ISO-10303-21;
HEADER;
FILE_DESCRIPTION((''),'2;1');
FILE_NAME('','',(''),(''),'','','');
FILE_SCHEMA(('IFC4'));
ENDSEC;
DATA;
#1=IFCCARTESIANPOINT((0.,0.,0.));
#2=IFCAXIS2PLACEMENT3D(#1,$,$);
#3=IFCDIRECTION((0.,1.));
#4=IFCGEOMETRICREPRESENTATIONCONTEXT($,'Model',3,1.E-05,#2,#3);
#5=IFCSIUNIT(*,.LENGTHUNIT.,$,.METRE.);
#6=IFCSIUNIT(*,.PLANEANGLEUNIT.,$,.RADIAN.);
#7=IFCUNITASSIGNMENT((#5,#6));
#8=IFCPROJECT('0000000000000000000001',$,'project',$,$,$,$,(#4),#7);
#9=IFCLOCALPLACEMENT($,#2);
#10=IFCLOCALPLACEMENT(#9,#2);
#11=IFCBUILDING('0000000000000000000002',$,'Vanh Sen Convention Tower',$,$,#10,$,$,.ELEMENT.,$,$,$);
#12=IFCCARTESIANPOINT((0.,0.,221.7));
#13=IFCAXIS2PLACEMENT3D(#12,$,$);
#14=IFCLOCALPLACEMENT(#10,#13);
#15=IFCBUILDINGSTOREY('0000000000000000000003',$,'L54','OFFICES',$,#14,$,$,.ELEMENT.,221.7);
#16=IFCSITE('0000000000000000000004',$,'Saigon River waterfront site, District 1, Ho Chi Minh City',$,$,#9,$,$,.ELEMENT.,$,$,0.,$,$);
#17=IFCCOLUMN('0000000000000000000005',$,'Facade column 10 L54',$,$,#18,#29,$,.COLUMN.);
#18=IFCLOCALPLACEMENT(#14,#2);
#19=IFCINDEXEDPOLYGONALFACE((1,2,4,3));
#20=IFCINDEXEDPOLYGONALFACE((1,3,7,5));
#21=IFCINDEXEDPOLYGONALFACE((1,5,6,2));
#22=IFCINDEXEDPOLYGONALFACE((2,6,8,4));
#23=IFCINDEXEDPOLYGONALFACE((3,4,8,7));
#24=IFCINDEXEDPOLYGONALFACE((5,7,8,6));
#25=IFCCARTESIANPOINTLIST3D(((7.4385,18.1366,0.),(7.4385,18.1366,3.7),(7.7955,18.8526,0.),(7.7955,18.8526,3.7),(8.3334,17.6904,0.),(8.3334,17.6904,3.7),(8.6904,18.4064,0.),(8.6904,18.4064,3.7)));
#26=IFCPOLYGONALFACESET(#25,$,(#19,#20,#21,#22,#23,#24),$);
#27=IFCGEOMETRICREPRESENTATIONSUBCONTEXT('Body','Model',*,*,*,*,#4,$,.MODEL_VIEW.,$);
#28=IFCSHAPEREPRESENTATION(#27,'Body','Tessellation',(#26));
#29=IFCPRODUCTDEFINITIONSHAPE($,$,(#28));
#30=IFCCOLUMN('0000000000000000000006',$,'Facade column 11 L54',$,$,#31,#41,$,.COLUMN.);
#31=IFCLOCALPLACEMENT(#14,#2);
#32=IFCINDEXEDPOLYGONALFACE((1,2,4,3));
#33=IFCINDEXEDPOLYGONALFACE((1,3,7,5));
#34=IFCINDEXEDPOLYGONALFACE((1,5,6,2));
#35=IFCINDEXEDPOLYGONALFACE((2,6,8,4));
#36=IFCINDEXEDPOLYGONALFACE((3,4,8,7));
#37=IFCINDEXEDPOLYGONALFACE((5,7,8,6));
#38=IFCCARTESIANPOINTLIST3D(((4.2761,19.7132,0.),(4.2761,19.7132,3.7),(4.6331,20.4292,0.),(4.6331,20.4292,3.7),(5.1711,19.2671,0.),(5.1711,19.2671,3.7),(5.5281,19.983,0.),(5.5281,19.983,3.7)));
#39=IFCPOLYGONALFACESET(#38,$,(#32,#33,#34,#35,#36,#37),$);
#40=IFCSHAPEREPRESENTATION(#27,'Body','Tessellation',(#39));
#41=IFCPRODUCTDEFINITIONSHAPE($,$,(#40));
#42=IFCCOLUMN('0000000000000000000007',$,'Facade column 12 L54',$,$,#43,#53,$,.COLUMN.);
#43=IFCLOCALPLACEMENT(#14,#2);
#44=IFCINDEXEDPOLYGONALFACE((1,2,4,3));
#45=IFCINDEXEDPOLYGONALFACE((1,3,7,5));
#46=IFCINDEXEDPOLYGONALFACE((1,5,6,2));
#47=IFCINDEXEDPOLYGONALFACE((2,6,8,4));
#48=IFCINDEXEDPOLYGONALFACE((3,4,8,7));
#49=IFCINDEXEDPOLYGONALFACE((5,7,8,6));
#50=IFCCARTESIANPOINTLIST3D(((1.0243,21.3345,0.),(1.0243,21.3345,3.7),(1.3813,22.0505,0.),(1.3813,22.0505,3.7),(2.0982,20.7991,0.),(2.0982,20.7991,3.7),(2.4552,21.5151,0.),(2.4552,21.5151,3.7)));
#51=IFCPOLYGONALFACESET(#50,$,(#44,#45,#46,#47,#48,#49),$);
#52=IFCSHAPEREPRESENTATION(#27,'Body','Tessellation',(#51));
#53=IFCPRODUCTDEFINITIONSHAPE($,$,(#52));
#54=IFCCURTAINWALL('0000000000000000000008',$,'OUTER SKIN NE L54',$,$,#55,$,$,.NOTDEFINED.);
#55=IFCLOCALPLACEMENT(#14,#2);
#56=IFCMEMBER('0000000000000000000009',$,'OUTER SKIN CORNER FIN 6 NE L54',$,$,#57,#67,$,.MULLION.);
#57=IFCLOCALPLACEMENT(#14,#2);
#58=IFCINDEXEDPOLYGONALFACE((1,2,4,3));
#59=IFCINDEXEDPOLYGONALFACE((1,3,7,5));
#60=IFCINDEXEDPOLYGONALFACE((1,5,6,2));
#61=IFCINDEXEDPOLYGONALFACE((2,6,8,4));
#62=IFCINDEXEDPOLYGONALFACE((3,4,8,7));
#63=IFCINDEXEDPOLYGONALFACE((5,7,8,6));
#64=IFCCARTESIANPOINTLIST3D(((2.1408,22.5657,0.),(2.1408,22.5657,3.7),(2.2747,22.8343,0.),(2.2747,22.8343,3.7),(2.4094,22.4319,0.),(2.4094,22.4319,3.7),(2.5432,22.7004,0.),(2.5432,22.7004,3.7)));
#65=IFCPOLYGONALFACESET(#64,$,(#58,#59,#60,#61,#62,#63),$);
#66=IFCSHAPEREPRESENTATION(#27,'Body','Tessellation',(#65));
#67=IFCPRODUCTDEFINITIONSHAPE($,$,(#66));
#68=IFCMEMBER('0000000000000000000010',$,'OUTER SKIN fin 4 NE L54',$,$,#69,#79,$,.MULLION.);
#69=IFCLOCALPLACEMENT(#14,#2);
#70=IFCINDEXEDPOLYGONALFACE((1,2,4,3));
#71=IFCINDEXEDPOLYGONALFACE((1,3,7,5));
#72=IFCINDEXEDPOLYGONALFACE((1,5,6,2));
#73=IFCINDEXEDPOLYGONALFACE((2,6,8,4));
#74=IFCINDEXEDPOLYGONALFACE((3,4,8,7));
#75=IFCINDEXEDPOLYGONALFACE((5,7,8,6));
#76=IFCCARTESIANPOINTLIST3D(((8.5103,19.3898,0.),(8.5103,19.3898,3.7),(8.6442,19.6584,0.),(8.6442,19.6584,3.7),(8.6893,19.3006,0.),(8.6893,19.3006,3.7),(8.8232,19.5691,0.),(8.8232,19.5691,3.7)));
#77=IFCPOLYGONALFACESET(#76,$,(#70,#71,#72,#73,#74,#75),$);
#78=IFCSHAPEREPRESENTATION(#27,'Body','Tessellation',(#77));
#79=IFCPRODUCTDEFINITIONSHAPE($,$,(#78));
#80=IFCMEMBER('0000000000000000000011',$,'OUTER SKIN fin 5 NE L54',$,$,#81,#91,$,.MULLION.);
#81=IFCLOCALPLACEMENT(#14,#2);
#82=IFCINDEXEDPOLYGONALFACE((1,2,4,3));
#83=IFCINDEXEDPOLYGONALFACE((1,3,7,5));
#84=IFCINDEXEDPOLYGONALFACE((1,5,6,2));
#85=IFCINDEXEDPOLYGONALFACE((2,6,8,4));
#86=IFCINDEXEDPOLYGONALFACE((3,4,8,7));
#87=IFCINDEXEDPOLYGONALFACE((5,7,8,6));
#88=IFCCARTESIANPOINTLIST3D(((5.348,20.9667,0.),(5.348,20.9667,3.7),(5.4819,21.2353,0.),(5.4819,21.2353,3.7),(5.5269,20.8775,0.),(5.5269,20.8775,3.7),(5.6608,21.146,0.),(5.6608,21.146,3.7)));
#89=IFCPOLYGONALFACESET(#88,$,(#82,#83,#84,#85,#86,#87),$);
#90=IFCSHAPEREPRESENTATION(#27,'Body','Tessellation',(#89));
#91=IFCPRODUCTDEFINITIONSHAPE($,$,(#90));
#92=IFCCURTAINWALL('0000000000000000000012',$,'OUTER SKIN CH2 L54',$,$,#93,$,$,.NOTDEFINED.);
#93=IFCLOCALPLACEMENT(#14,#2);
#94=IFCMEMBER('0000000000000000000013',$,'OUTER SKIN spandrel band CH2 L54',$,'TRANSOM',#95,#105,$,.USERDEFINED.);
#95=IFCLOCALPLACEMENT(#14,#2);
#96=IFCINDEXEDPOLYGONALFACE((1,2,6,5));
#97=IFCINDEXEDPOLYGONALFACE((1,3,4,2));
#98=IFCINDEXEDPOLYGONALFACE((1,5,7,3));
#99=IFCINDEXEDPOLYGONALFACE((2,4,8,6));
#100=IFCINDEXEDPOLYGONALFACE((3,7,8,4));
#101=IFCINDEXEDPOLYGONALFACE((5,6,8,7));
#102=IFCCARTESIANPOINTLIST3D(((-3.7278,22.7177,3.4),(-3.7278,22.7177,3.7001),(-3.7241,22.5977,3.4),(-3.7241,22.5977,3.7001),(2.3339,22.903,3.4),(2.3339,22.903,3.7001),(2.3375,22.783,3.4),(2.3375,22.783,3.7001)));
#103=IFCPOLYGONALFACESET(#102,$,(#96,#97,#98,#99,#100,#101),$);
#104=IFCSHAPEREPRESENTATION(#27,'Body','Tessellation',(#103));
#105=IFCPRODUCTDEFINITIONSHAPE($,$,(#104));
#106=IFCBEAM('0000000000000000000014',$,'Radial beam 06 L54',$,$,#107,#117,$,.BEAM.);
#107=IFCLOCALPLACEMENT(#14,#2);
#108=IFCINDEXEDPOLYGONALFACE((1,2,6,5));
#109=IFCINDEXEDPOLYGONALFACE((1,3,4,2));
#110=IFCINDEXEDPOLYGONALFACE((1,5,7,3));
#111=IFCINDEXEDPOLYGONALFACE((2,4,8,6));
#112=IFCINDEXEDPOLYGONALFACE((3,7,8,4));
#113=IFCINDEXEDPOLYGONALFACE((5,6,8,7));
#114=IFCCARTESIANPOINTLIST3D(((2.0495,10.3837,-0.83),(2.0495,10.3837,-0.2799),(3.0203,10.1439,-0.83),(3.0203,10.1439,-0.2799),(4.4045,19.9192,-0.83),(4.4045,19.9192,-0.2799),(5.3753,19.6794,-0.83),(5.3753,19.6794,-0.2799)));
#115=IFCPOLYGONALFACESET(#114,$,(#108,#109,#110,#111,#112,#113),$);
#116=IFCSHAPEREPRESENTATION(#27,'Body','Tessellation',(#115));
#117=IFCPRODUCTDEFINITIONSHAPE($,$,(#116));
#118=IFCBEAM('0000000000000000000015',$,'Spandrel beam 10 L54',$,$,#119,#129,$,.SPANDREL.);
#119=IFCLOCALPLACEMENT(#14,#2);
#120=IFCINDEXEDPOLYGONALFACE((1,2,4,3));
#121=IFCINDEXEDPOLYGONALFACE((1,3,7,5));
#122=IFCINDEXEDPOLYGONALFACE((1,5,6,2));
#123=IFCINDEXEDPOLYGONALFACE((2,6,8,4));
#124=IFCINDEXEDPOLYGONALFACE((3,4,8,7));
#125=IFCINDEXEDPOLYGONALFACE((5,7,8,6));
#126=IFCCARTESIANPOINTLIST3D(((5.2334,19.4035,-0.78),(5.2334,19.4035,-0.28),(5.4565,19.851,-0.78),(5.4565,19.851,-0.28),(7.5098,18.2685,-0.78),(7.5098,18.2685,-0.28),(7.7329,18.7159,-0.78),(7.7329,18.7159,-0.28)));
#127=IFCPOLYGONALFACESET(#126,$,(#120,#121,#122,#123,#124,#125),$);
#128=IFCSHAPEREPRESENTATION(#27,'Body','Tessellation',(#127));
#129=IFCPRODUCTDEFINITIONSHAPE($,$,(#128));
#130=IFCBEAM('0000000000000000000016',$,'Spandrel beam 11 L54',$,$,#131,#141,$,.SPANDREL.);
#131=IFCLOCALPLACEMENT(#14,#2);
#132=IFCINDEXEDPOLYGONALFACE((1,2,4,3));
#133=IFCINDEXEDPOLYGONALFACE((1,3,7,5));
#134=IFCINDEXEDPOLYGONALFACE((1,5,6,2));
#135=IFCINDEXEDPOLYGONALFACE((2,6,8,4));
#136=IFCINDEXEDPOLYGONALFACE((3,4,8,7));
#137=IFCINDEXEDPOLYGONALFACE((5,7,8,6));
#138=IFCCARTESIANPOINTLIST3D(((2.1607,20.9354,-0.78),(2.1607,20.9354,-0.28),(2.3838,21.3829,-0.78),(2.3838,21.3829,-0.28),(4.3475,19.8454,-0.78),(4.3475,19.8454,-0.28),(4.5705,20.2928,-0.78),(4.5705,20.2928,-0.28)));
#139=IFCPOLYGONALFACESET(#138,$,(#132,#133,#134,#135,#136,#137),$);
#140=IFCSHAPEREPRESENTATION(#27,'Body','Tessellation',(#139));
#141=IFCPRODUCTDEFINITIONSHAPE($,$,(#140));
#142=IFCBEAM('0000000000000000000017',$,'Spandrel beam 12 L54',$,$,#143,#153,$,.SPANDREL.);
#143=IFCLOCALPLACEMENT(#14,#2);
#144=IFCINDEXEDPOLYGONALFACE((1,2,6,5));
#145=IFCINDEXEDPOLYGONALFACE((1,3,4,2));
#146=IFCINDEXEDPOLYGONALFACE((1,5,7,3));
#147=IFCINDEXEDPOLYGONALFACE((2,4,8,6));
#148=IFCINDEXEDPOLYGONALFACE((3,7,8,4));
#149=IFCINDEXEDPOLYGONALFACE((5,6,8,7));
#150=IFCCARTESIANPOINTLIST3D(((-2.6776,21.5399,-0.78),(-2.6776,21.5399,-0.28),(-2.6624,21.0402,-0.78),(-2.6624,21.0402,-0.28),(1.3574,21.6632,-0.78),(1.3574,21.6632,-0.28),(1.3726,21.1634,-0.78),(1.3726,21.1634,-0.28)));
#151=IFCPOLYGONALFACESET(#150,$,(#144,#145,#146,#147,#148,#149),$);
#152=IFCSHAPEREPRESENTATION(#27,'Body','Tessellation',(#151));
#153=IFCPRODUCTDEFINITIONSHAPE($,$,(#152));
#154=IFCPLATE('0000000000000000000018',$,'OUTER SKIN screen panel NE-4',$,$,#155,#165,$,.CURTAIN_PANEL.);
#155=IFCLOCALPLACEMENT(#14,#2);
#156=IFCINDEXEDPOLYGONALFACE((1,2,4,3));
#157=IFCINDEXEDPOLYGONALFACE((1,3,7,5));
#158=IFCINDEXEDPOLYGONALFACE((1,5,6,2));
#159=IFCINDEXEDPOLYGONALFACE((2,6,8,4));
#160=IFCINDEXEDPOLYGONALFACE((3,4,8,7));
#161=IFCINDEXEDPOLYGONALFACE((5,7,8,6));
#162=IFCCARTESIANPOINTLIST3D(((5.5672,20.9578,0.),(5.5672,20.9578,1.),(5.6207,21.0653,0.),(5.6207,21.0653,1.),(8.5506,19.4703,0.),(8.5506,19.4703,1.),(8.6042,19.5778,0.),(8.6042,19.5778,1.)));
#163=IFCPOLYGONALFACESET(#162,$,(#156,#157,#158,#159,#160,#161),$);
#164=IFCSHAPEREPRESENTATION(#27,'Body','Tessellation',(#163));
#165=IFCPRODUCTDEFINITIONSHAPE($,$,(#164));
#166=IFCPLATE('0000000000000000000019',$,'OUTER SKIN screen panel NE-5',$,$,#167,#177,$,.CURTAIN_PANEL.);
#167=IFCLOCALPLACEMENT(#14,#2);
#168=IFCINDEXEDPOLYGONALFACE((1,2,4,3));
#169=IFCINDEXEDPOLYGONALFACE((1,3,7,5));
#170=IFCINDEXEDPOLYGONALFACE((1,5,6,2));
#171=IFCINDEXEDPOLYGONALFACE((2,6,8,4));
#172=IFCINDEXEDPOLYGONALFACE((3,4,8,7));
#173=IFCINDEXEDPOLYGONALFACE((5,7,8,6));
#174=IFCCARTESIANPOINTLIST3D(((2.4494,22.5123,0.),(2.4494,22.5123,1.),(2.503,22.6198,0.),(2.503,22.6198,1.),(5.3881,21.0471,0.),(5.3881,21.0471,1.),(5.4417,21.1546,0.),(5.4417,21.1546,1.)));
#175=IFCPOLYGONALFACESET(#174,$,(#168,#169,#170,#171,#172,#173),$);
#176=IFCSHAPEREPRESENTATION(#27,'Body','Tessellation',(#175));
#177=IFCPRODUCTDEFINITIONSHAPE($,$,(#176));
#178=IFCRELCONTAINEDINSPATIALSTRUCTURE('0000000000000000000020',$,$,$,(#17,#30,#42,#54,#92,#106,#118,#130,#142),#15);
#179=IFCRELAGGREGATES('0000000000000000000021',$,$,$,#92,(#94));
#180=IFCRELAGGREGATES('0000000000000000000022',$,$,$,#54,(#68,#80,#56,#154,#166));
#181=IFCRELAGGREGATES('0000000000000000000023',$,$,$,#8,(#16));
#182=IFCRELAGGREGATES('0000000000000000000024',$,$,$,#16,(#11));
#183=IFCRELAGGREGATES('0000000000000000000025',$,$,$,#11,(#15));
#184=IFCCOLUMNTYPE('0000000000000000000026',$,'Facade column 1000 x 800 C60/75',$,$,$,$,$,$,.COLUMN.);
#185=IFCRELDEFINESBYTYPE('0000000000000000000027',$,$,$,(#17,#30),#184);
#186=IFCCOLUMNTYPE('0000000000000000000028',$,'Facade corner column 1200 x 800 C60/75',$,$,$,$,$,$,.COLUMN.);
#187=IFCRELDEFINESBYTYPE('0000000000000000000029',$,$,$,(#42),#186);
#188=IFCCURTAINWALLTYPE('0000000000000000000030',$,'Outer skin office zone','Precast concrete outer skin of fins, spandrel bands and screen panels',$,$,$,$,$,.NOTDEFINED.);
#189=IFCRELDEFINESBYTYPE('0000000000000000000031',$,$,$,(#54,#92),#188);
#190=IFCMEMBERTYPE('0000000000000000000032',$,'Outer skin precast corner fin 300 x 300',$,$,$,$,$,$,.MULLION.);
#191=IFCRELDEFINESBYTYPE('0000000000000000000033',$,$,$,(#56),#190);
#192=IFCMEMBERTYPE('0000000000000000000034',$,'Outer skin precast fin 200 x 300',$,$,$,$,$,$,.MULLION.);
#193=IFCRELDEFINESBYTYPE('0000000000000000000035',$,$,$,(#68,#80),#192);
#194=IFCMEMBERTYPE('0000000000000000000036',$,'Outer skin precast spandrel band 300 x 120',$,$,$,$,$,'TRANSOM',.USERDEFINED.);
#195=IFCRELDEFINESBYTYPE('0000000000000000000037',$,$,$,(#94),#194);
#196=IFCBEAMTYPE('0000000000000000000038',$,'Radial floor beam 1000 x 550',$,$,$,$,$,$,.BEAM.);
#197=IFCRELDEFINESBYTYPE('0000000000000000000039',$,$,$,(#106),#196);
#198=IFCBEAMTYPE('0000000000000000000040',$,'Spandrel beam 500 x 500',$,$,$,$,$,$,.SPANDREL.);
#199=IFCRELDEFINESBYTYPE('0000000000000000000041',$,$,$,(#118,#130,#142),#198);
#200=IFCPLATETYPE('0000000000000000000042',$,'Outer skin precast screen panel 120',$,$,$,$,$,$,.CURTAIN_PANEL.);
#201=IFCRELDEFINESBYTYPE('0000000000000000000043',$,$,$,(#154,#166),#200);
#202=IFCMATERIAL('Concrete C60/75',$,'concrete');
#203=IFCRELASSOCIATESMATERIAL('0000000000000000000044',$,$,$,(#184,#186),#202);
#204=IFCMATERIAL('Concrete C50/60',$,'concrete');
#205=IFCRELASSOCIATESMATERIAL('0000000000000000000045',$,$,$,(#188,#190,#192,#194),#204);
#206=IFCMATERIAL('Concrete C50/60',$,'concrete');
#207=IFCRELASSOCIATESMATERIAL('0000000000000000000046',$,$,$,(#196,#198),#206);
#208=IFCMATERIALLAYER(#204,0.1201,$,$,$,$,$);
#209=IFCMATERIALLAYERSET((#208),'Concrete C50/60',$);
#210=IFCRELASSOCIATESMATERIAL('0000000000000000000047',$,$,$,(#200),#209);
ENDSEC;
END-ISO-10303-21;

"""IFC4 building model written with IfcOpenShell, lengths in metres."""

from ifc_helpers import new_model, si_unit, direction, frame, origin, origin_2d, place, context, subcontext, project, spatial, rectangle, extrude, material, layer, layer_set, material_profile, profile_set, type_object, element, aggregate, save


model = new_model("IFC4")

# Units and contexts
model_context = context("Model", 3, precision=1e-05, world=origin(), true_north=direction((0.0, 1.0)))
body_context = subcontext(model_context, "Body", "Model", "MODEL_VIEW")
ifc_project = project(units=[si_unit("LENGTHUNIT", "METRE"), si_unit("PLANEANGLEUNIT", "RADIAN")], contexts=[model_context])

# Site, building, storey
site_placement = place(None, origin())
site = spatial("IfcSite", under=ifc_project, at=site_placement, Name="Saigon River waterfront site, District 1, Ho Chi Minh City", CompositionType="ELEMENT", RefElevation=0.0)
building_placement = place(site_placement, origin())
building = spatial("IfcBuilding", under=site, at=building_placement, Name="Vanh Sen Convention Tower", CompositionType="ELEMENT")
storey_placement = place(building_placement, frame((0.0, 0.0, 221.7)))
storey = spatial("IfcBuildingStorey", under=building, at=storey_placement, Name="L54", Description="OFFICES", CompositionType="ELEMENT", Elevation=221.7)

# Columns
ifc_material_1 = material(Name="Concrete C60/75", Category="concrete")
ifc_material_profile_1 = material_profile(ifc_material_1, rectangle(XDim=1.0, YDim=0.8, at=origin_2d()), Name="RC 1000X800")
ifc_profile_set_1 = profile_set([ifc_material_profile_1], Name="Concrete C60/75")
column_type_1 = type_object("IfcColumnType", Name="Facade column 1000 x 800 C60/75", PredefinedType="COLUMN", material=ifc_profile_set_1)
for number, where, z_axis, x_axis, name in (
    (1, (8.0645, 18.2715, 0.0), (0.0, 0.0, 1.0), (-0.894934, 0.446198, 0.0), "Facade column 10 L54"),
    (2, (4.9021, 19.8481, 0.0), (0.0, 0.0, 1.0), (-0.894934, 0.446198, 0.0), "Facade column 11 L54"),
):
    element("IfcColumn", number, at=place(storey_placement, frame(where, z_axis=z_axis, x_axis=x_axis)), inside=storey, type_object=column_type_1, Name=name, PredefinedType="COLUMN", context=body_context, shape_type="SweptSolid", body=[
        extrude(rectangle(XDim=1.0, YDim=0.8, at=origin_2d()), origin(), (0.0, 0.0, 1.0), 3.7),
    ])
ifc_material_profile_2 = material_profile(ifc_material_1, rectangle(XDim=1.2, YDim=0.8, at=origin_2d()), Name="RC 1200X800")
ifc_profile_set_2 = profile_set([ifc_material_profile_2], Name="Concrete C60/75")
column_type_2 = type_object("IfcColumnType", Name="Facade corner column 1200 x 800 C60/75", PredefinedType="COLUMN", material=ifc_profile_set_2)
column_placement = place(storey_placement, frame((1.7397, 21.4248, 0.0), z_axis=(0.0, 0.0, 1.0), x_axis=(-0.894934, 0.446198, 0.0)))
element("IfcColumn", 3, at=column_placement, inside=storey, type_object=column_type_2, Name="Facade column 12 L54", PredefinedType="COLUMN", context=body_context, shape_type="SweptSolid", body=[
    extrude(rectangle(XDim=1.2, YDim=0.8, at=origin_2d()), origin(), (0.0, 0.0, 1.0), 3.7),
])

# Curtain wall, members
ifc_material_2 = material(Name="Concrete C50/60", Category="concrete")
curtain_wall_type = type_object("IfcCurtainWallType", Name="Outer skin office zone", Description="Precast concrete outer skin of fins, spandrel bands and screen panels", PredefinedType="NOTDEFINED", material=ifc_material_2)
curtain_wall_1_placement = place(storey_placement, origin())
curtain_wall_1 = element("IfcCurtainWall", 4, at=curtain_wall_1_placement, inside=storey, type_object=curtain_wall_type, Name="OUTER SKIN NE L54", PredefinedType="NOTDEFINED")
ifc_material_profile_3 = material_profile(ifc_material_2, rectangle(XDim=0.3, YDim=0.3, at=origin_2d()), Name="Outer skin precast corner fin 300 x 300")
ifc_profile_set_3 = profile_set([ifc_material_profile_3], Name="Concrete C50/60")
member_type_1 = type_object("IfcMemberType", Name="Outer skin precast corner fin 300 x 300", PredefinedType="MULLION", material=ifc_profile_set_3)
member_1_placement = place(storey_placement, frame((2.342, 22.6331, 0.0), z_axis=(0.0, 0.0, 1.0), x_axis=(-0.894934, 0.446198, 0.0)))
member_1 = element("IfcMember", 5, at=member_1_placement, type_object=member_type_1, Name="OUTER SKIN CORNER FIN 6 NE L54", PredefinedType="MULLION", context=body_context, shape_type="SweptSolid", body=[
    extrude(rectangle(XDim=0.3, YDim=0.3, at=origin_2d()), origin(), (0.0, 0.0, 1.0), 3.7),
])
ifc_material_profile_4 = material_profile(ifc_material_2, rectangle(XDim=0.2, YDim=0.3, at=origin_2d()), Name="Outer skin precast fin 200 x 300")
ifc_profile_set_4 = profile_set([ifc_material_profile_4], Name="Concrete C50/60")
member_type_2 = type_object("IfcMemberType", Name="Outer skin precast fin 200 x 300", PredefinedType="MULLION", material=ifc_profile_set_4)
member_2_placement = place(storey_placement, frame((8.6667, 19.4795, 0.0), z_axis=(0.0, 0.0, 1.0), x_axis=(-0.894934, 0.446198, 0.0)))
member_2 = element("IfcMember", 6, at=member_2_placement, type_object=member_type_2, Name="OUTER SKIN fin 4 NE L54", PredefinedType="MULLION", context=body_context, shape_type="SweptSolid", body=[
    extrude(rectangle(XDim=0.2, YDim=0.3, at=origin_2d()), origin(), (0.0, 0.0, 1.0), 3.7),
])
member_3_placement = place(storey_placement, frame((5.5044, 21.0564, 0.0), z_axis=(0.0, 0.0, 1.0), x_axis=(-0.894934, 0.446198, 0.0)))
member_3 = element("IfcMember", 7, at=member_3_placement, type_object=member_type_2, Name="OUTER SKIN fin 5 NE L54", PredefinedType="MULLION", context=body_context, shape_type="SweptSolid", body=[
    extrude(rectangle(XDim=0.2, YDim=0.3, at=origin_2d()), origin(), (0.0, 0.0, 1.0), 3.7),
])

# Curtain wall, member
curtain_wall_2_placement = place(storey_placement, origin())
curtain_wall_2 = element("IfcCurtainWall", 8, at=curtain_wall_2_placement, inside=storey, type_object=curtain_wall_type, Name="OUTER SKIN CH2 L54", PredefinedType="NOTDEFINED")
ifc_material_profile_5 = material_profile(ifc_material_2, rectangle(XDim=0.1201, YDim=0.3, at=origin_2d()), Name="Outer skin precast spandrel band 300 x 120")
ifc_profile_set_5 = profile_set([ifc_material_profile_5], Name="Concrete C50/60")
member_type_3 = type_object("IfcMemberType", Name="Outer skin precast spandrel band 300 x 120", ElementType="TRANSOM", PredefinedType="USERDEFINED", material=ifc_profile_set_5)
member_4_placement = place(storey_placement, frame((2.3357, 22.843, 3.55), z_axis=(-0.999533, -0.030556, 0.0), x_axis=(0.030556, -0.999533, 0.0)))
member_4 = element("IfcMember", 9, at=member_4_placement, type_object=member_type_3, Name="OUTER SKIN spandrel band CH2 L54", ObjectType="TRANSOM", PredefinedType="USERDEFINED", context=body_context, shape_type="SweptSolid", body=[
    extrude(rectangle(XDim=0.1201, YDim=0.3, at=origin_2d()), origin(), (0.0, 0.0, 1.0), 6.0645),
])
aggregate(curtain_wall_2, [member_4])

# Beams
ifc_material_3 = material(Name="Concrete C50/60", Category="concrete")
ifc_material_profile_6 = material_profile(ifc_material_3, rectangle(XDim=1.0, YDim=0.55, at=origin_2d()), Name="RC 1000X550")
ifc_profile_set_6 = profile_set([ifc_material_profile_6], Name="Concrete C50/60")
beam_type_1 = type_object("IfcBeamType", Name="Radial floor beam 1000 x 550", PredefinedType="BEAM", material=ifc_profile_set_6)
beam_1_placement = place(storey_placement, frame((4.8899, 19.7993, -0.5549), z_axis=(-0.239768, -0.97083, 0.0), x_axis=(0.97083, -0.239768, 0.0)))
element("IfcBeam", 10, at=beam_1_placement, inside=storey, type_object=beam_type_1, Name="Radial beam 06 L54", PredefinedType="BEAM", context=body_context, shape_type="SweptSolid", body=[
    extrude(rectangle(XDim=1.0, YDim=0.55, at=origin_2d()), origin(), (0.0, 0.0, 1.0), 9.822),
])
ifc_material_profile_7 = material_profile(ifc_material_3, rectangle(XDim=0.5, YDim=0.5, at=origin_2d()), Name="RC 500X500")
ifc_profile_set_7 = profile_set([ifc_material_profile_7], Name="Concrete C50/60")
beam_type_2 = type_object("IfcBeamType", Name="Spandrel beam 500 x 500", PredefinedType="SPANDREL", material=ifc_profile_set_7)
beam_2_placement = place(storey_placement, frame((7.6213, 18.4922, -0.53), z_axis=(-0.894926, 0.446215, 0.0), x_axis=(-0.446215, -0.894926, 0.0)))
element("IfcBeam", 11, at=beam_2_placement, inside=storey, type_object=beam_type_2, Name="Spandrel beam 10 L54", PredefinedType="SPANDREL", context=body_context, shape_type="SweptSolid", body=[
    extrude(rectangle(XDim=0.5, YDim=0.5, at=origin_2d()), origin(), (0.0, 0.0, 1.0), 2.5437),
])
beam_3_placement = place(storey_placement, frame((4.459, 20.0691, -0.53), z_axis=(-0.894966, 0.446134, 0.0), x_axis=(-0.446134, -0.894966, 0.0)))
element("IfcBeam", 12, at=beam_3_placement, inside=storey, type_object=beam_type_2, Name="Spandrel beam 11 L54", PredefinedType="SPANDREL", context=body_context, shape_type="SweptSolid", body=[
    extrude(rectangle(XDim=0.5, YDim=0.5, at=origin_2d()), origin(), (0.0, 0.0, 1.0), 2.4434),
])
beam_4_placement = place(storey_placement, frame((1.365, 21.4133, -0.53), z_axis=(-0.999533, -0.030542, 0.0), x_axis=(0.030542, -0.999533, 0.0)))
element("IfcBeam", 13, at=beam_4_placement, inside=storey, type_object=beam_type_2, Name="Spandrel beam 12 L54", PredefinedType="SPANDREL", context=body_context, shape_type="SweptSolid", body=[
    extrude(rectangle(XDim=0.5, YDim=0.5, at=origin_2d()), origin(), (0.0, 0.0, 1.0), 4.0369),
])

# Plates
ifc_layer_1 = layer(ifc_material_2, 0.1201)
ifc_layer_set_1 = layer_set([ifc_layer_1], Name="Concrete C50/60")
plate_type = type_object("IfcPlateType", Name="Outer skin precast screen panel 120", PredefinedType="CURTAIN_PANEL", material=ifc_layer_set_1)
plate_1_placement = place(storey_placement, frame((7.0857, 20.2678, 0.0), z_axis=(0.0, 0.0, 1.0), x_axis=(-0.894936, 0.446195, 0.0)))
plate_1 = element("IfcPlate", 14, at=plate_1_placement, type_object=plate_type, Name="OUTER SKIN screen panel NE-4", PredefinedType="CURTAIN_PANEL", context=body_context, shape_type="SweptSolid", body=[
    extrude(rectangle(XDim=3.3337, YDim=0.1201, at=origin_2d()), origin(), (0.0, 0.0, 1.0), 1.0),
])
plate_2_placement = place(storey_placement, frame((3.9456, 21.8335, 0.0), z_axis=(0.0, 0.0, 1.0), x_axis=(-0.89493, 0.446206, 0.0)))
plate_2 = element("IfcPlate", 15, at=plate_2_placement, type_object=plate_type, Name="OUTER SKIN screen panel NE-5", PredefinedType="CURTAIN_PANEL", context=body_context, shape_type="SweptSolid", body=[
    extrude(rectangle(XDim=3.2837, YDim=0.1201, at=origin_2d()), origin(), (0.0, 0.0, 1.0), 1.0),
])
aggregate(curtain_wall_1, [member_2, member_3, member_1, plate_1, plate_2])

save(model, "model.ifc")
